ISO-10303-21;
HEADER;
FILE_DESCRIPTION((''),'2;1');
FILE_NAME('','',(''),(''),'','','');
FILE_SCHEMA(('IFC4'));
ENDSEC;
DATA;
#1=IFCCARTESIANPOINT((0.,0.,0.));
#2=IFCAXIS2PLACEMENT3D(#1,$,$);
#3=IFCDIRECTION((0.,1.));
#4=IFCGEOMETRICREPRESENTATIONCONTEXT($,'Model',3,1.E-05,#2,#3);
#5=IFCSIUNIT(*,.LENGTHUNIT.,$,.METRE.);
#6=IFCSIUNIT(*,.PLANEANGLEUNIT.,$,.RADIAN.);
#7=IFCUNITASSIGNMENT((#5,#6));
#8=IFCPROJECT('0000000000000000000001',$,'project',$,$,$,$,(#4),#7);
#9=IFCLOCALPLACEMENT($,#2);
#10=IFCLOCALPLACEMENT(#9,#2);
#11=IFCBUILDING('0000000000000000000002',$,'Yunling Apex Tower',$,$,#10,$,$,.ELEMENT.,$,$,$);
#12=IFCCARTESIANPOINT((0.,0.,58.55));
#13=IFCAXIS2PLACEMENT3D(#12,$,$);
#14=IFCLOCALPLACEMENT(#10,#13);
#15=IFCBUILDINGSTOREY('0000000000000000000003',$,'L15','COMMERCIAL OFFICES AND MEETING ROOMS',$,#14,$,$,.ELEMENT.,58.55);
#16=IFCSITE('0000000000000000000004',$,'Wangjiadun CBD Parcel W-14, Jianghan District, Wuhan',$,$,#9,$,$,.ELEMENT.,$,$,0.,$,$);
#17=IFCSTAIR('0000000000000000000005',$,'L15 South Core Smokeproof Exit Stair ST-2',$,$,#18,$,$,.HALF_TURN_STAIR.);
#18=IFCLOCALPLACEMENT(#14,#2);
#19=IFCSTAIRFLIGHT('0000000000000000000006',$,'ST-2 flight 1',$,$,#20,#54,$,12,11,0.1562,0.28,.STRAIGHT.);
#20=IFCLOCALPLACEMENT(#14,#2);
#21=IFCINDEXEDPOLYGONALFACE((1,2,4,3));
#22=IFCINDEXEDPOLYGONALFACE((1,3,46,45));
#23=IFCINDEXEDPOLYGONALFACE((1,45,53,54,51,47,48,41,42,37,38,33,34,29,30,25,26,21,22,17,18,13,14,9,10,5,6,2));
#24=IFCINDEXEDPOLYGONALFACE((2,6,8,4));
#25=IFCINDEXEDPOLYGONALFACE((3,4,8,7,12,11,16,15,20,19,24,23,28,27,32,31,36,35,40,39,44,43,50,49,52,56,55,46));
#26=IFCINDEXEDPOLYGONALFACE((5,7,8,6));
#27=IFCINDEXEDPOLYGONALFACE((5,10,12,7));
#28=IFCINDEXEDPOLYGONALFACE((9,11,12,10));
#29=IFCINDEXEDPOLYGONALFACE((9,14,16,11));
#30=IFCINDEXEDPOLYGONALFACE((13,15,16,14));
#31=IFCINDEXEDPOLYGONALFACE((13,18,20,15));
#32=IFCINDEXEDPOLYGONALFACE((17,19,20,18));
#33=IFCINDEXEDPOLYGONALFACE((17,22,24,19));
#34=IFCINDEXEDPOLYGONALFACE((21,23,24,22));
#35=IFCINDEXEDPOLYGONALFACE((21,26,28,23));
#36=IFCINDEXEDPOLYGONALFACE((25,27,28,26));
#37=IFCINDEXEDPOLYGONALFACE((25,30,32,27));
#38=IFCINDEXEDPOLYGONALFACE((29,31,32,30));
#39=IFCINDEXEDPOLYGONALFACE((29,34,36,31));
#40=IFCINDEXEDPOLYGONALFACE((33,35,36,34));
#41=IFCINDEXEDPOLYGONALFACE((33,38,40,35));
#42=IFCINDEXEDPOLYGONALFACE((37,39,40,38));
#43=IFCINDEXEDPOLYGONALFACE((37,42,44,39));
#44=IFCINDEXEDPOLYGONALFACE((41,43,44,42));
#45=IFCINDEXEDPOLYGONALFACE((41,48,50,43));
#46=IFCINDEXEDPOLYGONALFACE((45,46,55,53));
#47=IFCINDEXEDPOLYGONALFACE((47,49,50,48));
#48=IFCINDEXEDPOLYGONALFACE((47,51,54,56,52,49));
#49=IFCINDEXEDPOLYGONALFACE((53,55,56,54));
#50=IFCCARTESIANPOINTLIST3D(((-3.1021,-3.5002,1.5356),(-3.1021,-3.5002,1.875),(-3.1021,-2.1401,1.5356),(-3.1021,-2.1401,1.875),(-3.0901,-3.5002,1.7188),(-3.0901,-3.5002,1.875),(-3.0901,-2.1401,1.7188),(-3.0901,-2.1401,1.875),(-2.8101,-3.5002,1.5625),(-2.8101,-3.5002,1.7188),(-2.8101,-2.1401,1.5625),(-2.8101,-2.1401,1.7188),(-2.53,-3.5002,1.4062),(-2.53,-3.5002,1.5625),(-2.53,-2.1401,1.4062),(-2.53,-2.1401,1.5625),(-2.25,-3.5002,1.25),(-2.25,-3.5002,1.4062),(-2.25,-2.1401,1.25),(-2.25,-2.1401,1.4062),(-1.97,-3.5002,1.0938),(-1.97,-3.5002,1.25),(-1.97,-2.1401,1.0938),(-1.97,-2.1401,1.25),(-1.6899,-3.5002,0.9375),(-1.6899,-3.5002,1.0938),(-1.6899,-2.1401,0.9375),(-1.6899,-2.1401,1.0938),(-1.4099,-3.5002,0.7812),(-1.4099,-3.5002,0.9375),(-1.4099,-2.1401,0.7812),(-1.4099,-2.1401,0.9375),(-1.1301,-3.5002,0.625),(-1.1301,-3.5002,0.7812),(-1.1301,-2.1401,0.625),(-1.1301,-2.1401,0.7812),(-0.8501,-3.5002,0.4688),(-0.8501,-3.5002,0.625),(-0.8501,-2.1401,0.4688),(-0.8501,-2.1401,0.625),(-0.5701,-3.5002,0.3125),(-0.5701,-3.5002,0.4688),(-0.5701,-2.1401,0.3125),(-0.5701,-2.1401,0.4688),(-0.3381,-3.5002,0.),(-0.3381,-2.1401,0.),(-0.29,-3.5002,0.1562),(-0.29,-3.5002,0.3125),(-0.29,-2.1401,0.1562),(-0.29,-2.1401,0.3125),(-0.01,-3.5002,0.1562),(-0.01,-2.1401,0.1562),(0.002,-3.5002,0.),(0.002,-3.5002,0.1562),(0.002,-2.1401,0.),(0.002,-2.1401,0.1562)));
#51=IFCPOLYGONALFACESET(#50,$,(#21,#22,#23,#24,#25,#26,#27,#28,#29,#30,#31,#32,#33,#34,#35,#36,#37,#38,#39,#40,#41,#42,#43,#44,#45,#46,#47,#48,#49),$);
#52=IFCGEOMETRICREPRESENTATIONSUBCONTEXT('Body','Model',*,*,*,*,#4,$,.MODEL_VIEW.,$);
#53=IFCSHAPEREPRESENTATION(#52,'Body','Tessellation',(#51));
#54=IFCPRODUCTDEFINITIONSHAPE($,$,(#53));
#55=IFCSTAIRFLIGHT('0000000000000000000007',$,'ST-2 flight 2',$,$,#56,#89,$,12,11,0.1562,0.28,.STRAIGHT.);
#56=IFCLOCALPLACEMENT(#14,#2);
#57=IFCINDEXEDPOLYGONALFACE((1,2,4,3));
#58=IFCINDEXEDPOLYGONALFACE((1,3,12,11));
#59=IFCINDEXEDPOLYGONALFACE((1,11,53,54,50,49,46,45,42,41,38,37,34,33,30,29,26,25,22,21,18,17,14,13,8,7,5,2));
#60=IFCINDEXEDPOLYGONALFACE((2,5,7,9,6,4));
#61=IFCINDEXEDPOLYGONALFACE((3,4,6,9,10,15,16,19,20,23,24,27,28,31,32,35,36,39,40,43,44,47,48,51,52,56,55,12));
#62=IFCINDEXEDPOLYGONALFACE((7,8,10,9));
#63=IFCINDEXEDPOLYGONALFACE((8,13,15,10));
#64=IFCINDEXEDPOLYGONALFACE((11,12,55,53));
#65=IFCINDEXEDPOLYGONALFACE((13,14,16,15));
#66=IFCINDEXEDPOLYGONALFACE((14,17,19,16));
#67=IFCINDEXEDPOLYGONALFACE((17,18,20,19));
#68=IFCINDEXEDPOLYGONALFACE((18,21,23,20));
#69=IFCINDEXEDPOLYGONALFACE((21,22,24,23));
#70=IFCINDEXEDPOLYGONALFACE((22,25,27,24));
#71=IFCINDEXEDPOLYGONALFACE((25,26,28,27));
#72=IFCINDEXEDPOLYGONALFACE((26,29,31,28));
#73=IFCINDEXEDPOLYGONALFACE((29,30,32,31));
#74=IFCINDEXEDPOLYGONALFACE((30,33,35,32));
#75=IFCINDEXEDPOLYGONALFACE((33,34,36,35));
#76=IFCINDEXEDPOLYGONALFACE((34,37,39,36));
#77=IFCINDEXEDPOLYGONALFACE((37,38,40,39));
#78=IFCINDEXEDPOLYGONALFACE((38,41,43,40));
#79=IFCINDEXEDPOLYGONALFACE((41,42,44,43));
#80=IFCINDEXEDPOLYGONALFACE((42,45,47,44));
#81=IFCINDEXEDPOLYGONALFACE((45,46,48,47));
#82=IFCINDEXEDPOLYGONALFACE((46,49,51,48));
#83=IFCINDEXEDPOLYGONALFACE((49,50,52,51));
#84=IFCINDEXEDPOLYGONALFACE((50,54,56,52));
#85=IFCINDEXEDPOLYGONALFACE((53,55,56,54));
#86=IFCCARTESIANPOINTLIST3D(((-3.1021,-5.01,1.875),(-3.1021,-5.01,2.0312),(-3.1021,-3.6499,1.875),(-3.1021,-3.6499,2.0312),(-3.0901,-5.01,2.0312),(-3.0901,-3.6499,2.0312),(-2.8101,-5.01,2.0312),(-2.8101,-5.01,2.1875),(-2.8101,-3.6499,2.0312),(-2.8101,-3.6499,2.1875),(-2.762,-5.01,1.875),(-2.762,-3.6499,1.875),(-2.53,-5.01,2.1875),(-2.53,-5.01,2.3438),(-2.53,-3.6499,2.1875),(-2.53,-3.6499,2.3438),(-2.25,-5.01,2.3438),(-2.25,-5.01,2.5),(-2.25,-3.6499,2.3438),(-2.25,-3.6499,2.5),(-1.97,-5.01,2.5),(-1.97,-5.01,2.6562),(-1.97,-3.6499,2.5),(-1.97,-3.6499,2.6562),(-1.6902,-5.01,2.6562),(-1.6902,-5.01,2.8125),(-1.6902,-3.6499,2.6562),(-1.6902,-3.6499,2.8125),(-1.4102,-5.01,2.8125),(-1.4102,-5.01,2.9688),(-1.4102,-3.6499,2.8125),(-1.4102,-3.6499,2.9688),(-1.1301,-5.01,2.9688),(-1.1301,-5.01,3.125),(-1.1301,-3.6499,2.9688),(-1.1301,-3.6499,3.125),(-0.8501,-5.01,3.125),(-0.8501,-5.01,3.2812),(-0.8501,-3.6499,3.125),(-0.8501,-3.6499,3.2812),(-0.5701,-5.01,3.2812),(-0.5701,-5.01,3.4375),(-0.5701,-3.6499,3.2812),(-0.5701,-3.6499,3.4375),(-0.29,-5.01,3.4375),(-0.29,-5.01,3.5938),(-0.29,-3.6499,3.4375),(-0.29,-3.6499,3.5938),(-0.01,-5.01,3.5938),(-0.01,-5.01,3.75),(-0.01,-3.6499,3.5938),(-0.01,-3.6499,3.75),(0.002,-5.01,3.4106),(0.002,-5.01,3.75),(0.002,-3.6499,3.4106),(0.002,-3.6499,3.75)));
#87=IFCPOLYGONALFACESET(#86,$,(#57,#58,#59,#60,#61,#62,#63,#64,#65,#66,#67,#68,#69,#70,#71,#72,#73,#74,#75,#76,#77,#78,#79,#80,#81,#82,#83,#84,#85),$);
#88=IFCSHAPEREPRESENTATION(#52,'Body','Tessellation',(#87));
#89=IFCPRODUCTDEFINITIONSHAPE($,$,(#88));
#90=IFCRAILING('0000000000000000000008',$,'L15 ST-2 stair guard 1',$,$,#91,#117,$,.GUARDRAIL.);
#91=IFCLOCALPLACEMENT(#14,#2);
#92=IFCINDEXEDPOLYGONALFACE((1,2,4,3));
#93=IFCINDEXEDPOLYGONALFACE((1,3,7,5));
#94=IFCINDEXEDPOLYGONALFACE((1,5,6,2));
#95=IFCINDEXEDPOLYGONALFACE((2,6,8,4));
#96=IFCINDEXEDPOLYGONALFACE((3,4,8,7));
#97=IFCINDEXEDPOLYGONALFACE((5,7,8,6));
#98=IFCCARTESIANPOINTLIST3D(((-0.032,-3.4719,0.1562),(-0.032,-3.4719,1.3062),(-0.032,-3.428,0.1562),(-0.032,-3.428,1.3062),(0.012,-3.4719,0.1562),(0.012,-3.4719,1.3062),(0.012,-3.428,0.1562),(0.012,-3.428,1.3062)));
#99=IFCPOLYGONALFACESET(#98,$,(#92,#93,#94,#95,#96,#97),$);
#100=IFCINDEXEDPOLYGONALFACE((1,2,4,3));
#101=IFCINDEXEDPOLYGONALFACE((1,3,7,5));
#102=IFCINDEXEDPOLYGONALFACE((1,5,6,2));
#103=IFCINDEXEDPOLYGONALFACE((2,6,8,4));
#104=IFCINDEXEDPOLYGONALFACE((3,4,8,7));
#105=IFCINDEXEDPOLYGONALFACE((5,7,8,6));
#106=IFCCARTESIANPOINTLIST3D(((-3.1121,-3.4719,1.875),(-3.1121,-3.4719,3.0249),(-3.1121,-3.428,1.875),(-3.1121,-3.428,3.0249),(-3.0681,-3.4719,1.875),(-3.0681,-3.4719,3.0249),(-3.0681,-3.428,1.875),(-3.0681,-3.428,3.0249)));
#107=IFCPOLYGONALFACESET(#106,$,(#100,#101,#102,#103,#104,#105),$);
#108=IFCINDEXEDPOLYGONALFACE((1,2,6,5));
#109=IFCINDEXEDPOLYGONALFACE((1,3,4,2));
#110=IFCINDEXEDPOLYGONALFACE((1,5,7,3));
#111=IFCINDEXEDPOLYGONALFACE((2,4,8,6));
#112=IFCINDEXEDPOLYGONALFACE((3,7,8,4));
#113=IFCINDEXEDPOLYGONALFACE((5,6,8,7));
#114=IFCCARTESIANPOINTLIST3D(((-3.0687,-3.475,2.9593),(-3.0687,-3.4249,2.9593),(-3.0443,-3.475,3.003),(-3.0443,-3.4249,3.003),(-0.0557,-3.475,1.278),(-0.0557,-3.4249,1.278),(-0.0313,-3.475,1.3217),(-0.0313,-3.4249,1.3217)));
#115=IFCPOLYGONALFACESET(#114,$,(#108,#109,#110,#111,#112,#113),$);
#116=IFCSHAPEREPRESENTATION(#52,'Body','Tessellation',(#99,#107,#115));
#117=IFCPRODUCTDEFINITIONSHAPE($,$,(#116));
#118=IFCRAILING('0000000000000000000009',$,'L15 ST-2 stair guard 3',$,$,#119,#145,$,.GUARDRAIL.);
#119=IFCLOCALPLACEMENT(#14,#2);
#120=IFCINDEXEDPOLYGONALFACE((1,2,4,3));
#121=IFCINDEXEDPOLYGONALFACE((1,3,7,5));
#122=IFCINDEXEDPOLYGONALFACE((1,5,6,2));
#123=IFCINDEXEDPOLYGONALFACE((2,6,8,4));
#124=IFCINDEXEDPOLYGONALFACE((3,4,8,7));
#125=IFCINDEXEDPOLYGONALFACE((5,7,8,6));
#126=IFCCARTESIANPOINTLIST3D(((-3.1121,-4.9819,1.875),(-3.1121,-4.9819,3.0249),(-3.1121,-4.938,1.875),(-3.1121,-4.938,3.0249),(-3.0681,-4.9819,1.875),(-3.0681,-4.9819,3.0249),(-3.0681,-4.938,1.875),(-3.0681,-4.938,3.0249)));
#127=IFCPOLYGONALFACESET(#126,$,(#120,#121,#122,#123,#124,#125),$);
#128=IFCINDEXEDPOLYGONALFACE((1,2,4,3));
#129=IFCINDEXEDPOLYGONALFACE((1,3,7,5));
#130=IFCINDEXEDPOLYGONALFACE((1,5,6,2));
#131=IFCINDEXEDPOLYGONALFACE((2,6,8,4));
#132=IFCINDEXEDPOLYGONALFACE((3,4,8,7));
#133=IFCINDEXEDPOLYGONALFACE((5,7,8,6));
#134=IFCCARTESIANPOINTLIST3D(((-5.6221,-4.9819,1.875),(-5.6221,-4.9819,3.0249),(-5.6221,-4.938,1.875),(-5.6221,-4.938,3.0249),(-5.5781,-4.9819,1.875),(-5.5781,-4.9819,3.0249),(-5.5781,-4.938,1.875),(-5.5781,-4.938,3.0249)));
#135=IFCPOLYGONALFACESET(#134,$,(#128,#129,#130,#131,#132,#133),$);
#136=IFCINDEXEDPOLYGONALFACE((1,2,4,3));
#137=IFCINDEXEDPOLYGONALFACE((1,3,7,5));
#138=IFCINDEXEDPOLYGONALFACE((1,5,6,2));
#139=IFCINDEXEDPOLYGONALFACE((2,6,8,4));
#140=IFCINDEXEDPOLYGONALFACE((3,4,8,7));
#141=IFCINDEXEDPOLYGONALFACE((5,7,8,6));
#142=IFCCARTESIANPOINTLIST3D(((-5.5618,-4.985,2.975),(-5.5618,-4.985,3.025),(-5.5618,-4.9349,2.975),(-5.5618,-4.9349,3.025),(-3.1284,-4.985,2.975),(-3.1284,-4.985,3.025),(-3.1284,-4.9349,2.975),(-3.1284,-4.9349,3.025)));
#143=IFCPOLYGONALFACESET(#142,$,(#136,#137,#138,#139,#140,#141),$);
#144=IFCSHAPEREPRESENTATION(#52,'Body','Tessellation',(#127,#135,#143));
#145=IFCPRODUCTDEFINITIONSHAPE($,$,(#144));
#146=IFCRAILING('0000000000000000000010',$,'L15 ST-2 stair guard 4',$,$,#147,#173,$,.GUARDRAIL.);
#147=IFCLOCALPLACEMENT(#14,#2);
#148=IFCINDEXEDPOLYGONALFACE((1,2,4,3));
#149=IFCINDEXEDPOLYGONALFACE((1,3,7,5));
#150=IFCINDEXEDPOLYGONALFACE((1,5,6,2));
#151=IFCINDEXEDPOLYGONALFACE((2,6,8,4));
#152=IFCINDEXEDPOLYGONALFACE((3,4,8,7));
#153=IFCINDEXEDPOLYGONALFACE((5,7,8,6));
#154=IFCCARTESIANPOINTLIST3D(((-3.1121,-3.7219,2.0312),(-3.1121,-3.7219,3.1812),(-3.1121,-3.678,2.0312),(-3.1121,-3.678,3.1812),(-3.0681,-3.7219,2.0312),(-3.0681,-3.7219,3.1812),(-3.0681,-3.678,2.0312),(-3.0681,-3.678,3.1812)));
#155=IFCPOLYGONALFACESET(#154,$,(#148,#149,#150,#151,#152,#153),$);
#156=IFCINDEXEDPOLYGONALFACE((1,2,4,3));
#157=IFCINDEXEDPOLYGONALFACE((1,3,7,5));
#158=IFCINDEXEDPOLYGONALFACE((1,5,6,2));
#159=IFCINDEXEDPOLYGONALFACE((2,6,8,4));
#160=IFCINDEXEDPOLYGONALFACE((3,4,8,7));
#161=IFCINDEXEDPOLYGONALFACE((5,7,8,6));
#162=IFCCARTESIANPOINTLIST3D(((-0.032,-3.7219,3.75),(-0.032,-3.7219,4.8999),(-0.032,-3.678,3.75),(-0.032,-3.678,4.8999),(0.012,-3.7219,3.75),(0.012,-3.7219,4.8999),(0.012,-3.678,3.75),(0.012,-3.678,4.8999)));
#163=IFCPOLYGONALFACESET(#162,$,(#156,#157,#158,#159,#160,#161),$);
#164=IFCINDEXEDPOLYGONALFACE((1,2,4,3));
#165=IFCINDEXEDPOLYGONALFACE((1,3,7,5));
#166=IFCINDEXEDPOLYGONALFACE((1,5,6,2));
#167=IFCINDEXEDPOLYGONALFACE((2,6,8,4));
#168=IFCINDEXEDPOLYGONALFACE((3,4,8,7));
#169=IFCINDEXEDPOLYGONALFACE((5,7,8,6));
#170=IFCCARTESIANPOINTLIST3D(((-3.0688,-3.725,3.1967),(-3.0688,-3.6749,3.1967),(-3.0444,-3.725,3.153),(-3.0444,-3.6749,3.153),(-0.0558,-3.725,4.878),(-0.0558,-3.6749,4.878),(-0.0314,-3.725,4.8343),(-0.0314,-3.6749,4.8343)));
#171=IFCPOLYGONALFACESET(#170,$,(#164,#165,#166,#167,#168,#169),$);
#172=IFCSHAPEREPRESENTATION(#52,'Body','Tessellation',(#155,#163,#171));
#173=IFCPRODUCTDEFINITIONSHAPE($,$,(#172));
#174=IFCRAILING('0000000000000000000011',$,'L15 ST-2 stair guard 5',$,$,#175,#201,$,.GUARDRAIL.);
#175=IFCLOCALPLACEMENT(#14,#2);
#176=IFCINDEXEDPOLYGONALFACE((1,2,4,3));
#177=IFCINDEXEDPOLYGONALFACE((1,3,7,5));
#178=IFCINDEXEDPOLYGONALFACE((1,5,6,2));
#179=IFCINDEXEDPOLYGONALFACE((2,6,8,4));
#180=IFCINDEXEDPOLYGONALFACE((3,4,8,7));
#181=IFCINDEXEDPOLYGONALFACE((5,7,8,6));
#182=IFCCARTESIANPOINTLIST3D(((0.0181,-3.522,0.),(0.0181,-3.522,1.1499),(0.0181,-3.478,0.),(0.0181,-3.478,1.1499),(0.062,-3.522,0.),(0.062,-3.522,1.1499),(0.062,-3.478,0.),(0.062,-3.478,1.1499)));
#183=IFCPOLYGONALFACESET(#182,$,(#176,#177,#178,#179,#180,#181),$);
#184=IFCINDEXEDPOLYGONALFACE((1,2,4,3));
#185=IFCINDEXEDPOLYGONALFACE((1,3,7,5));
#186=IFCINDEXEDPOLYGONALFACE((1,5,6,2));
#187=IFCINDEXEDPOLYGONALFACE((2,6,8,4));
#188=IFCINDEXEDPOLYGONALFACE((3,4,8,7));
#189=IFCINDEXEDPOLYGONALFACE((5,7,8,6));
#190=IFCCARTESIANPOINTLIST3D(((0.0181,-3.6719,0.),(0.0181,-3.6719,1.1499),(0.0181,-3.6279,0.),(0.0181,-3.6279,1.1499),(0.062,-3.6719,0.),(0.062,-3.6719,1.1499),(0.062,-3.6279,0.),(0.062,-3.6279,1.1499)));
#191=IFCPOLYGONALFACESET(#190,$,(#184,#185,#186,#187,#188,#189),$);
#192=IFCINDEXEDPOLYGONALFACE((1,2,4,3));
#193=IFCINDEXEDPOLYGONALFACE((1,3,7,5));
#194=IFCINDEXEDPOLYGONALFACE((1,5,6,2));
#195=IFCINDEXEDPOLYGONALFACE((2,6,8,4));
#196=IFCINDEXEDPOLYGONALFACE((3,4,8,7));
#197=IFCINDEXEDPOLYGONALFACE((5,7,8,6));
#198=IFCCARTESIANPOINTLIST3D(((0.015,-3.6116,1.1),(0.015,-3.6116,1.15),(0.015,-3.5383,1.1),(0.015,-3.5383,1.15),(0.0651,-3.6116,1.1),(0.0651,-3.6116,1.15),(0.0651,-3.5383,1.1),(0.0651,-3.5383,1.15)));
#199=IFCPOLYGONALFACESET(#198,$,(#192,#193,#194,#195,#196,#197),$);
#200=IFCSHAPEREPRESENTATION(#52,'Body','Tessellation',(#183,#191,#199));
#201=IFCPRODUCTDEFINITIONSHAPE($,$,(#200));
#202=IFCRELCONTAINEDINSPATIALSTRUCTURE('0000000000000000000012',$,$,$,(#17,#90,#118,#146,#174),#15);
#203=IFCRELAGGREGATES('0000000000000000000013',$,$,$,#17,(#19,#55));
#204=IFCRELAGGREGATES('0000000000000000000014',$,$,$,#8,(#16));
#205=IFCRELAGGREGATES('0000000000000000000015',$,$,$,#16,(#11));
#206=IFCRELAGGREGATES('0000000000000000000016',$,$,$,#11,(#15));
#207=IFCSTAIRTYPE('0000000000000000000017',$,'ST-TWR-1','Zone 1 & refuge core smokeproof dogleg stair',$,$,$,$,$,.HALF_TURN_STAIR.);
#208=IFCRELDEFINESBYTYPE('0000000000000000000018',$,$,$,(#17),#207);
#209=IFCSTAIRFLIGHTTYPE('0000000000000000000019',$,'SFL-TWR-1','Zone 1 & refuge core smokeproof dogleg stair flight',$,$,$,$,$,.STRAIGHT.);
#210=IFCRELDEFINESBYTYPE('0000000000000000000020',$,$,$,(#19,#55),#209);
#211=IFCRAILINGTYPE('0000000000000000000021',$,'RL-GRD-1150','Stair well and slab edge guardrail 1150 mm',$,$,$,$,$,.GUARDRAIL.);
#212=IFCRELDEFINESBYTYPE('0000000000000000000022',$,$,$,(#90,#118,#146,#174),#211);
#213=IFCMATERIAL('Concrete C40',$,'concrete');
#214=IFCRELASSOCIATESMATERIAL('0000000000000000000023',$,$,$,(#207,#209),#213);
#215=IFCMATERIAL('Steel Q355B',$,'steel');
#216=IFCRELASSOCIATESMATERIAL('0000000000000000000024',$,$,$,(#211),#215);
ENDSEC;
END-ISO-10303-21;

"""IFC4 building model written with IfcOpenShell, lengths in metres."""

from ifc_helpers import new_model, si_unit, direction, frame, origin, origin_2d, place, context, subcontext, project, spatial, polyline, rectangle, outline, extrude, material, type_object, element, aggregate, save


model = new_model("IFC4")

# Units and contexts
model_context = context("Model", 3, precision=1e-05, world=origin(), true_north=direction((0.0, 1.0)))
body_context = subcontext(model_context, "Body", "Model", "MODEL_VIEW")
ifc_project = project(units=[si_unit("LENGTHUNIT", "METRE"), si_unit("PLANEANGLEUNIT", "RADIAN")], contexts=[model_context])

# Site, building, storey
site_placement = place(None, origin())
site = spatial("IfcSite", under=ifc_project, at=site_placement, Name="Wangjiadun CBD Parcel W-14, Jianghan District, Wuhan", CompositionType="ELEMENT", RefElevation=0.0)
building_placement = place(site_placement, origin())
building = spatial("IfcBuilding", under=site, at=building_placement, Name="Yunling Apex Tower", CompositionType="ELEMENT")
storey_placement = place(building_placement, frame((0.0, 0.0, 58.55)))
storey = spatial("IfcBuildingStorey", under=building, at=storey_placement, Name="L15", Description="COMMERCIAL OFFICES AND MEETING ROOMS", CompositionType="ELEMENT", Elevation=58.55)

# Shared definitions
ifc_material_1 = material(Name="Steel Q355B", Category="steel")

# Shared definitions
ifc_material_2 = material(Name="Concrete C40", Category="concrete")

# Stair, stair flights
stair_type = type_object("IfcStairType", Name="ST-TWR-1", Description="Zone 1 & refuge core smokeproof dogleg stair", PredefinedType="HALF_TURN_STAIR", material=ifc_material_2)
stair_placement = place(storey_placement, origin())
stair = element("IfcStair", 1, at=stair_placement, inside=storey, type_object=stair_type, Name="L15 South Core Smokeproof Exit Stair ST-2", PredefinedType="HALF_TURN_STAIR")
stair_flight_type = type_object("IfcStairFlightType", Name="SFL-TWR-1", Description="Zone 1 & refuge core smokeproof dogleg stair flight", PredefinedType="STRAIGHT", material=ifc_material_2)
stair_flight_1_placement = place(storey_placement, frame((-0.01, -2.8201, 0.0), z_axis=(0.0, 0.0, 1.0), x_axis=(-1.0, 0.0, 0.0)))
stair_flight_1 = element("IfcStairFlight", 2, at=stair_flight_1_placement, type_object=stair_flight_type, Name="ST-2 flight 1", NumberOfRisers=12, NumberOfTreads=11, PredefinedType="STRAIGHT", RiserHeight=0.1562, TreadLength=0.28, context=body_context, shape_type="SweptSolid", body=[
    extrude(outline(polyline([(-0.012, 0.0), (-0.012, 0.1562), (0.0, 0.1562), (0.28, 0.1562), (0.28, 0.3125), (0.5601, 0.3125), (0.5601, 0.4688), (0.8401, 0.4688), (0.8401, 0.625), (1.1201, 0.625), (1.1201, 0.7812), (1.3999, 0.7812), (1.3999, 0.9375), (1.6799, 0.9375), (1.6799, 1.0938), (1.96, 1.0938), (1.96, 1.25), (2.24, 1.25), (2.24, 1.4062), (2.52, 1.4062), (2.52, 1.5625), (2.8, 1.5625), (2.8, 1.7188), (3.0801, 1.7188), (3.0801, 1.875), (3.092, 1.875), (3.092, 1.5356), (0.3281, 0.0), (-0.012, 0.0)])), frame((0.0, 0.6802, 0.0), z_axis=(0.0, -1.0, 0.0), x_axis=(1.0, 0.0, 0.0)), (0.0, 0.0, 1.0), 1.3601),
])
stair_flight_2_placement = place(storey_placement, frame((-3.0901, -4.3301, 1.875), z_axis=(0.0, 0.0, 1.0), x_axis=(1.0, 0.0, 0.0)))
stair_flight_2 = element("IfcStairFlight", 3, at=stair_flight_2_placement, type_object=stair_flight_type, Name="ST-2 flight 2", NumberOfRisers=12, NumberOfTreads=11, PredefinedType="STRAIGHT", RiserHeight=0.1562, TreadLength=0.28, context=body_context, shape_type="SweptSolid", body=[
    extrude(outline(polyline([(-0.012, 0.0), (-0.012, 0.1562), (0.0, 0.1562), (0.28, 0.1562), (0.28, 0.3125), (0.5601, 0.3125), (0.5601, 0.4688), (0.8401, 0.4688), (0.8401, 0.625), (1.1201, 0.625), (1.1201, 0.7812), (1.3999, 0.7812), (1.3999, 0.9375), (1.6799, 0.9375), (1.6799, 1.0938), (1.96, 1.0938), (1.96, 1.25), (2.24, 1.25), (2.24, 1.4062), (2.52, 1.4062), (2.52, 1.5625), (2.8, 1.5625), (2.8, 1.7188), (3.0801, 1.7188), (3.0801, 1.875), (3.092, 1.875), (3.092, 1.5356), (0.3281, 0.0), (-0.012, 0.0)])), frame((0.0, 0.6802, 0.0), z_axis=(0.0, -1.0, 0.0), x_axis=(1.0, 0.0, 0.0)), (0.0, 0.0, 1.0), 1.3601),
])
aggregate(stair, [stair_flight_1, stair_flight_2])

# Railings
railing_type_1 = type_object("IfcRailingType", Name="RL-GRD-1150", Description="Stair well and slab edge guardrail 1150 mm", PredefinedType="GUARDRAIL", material=ifc_material_1)
railing_1_placement = place(storey_placement, frame((-0.01, -3.45, 0.1562)))
element("IfcRailing", 4, at=railing_1_placement, inside=storey, type_object=railing_type_1, Name="L15 ST-2 stair guard 1", PredefinedType="GUARDRAIL", context=body_context, shape_type="SweptSolid", body=[
    extrude(rectangle(XDim=0.0439, YDim=0.0439, at=origin_2d()), origin(), (0.0, 0.0, 1.0), 1.1499),
    extrude(rectangle(XDim=0.0439, YDim=0.0439, at=origin_2d()), frame((-3.0801, 0.0, 1.7188)), (0.0, 0.0, 1.0), 1.1499),
    extrude(rectangle(XDim=0.05, YDim=0.05, at=origin_2d()), frame((-0.0334, 0.0, 1.1436), z_axis=(-0.873242, 0.0, 0.487288), x_axis=(0.0, -1.0, 0.0)), (0.0, 0.0, 1.0), 3.4504),
])
railing_2_placement = place(storey_placement, frame((-3.0901, -4.96, 1.875)))
element("IfcRailing", 5, at=railing_2_placement, inside=storey, type_object=railing_type_1, Name="L15 ST-2 stair guard 3", PredefinedType="GUARDRAIL", context=body_context, shape_type="SweptSolid", body=[
    extrude(rectangle(XDim=0.0439, YDim=0.0439, at=origin_2d()), origin(), (0.0, 0.0, 1.0), 1.1499),
    extrude(rectangle(XDim=0.0439, YDim=0.0439, at=origin_2d()), frame((-2.51, 0.0, 0.0)), (0.0, 0.0, 1.0), 1.1499),
    extrude(rectangle(XDim=0.05, YDim=0.05, at=origin_2d()), frame((-0.0383, 0.0, 1.125), z_axis=(-1.0, 0.0, 0.0), x_axis=(0.0, -1.0, 0.0)), (0.0, 0.0, 1.0), 2.4333),
])
railing_3_placement = place(storey_placement, frame((-3.0901, -3.7, 2.0312)))
element("IfcRailing", 6, at=railing_3_placement, inside=storey, type_object=railing_type_1, Name="L15 ST-2 stair guard 4", PredefinedType="GUARDRAIL", context=body_context, shape_type="SweptSolid", body=[
    extrude(rectangle(XDim=0.0439, YDim=0.0439, at=origin_2d()), origin(), (0.0, 0.0, 1.0), 1.1499),
    extrude(rectangle(XDim=0.0439, YDim=0.0439, at=origin_2d()), frame((3.0801, 0.0, 1.7188)), (0.0, 0.0, 1.0), 1.1499),
    extrude(rectangle(XDim=0.05, YDim=0.05, at=origin_2d()), frame((0.0334, 0.0, 1.1436), z_axis=(0.873242, 0.0, 0.487288), x_axis=(0.0, 1.0, 0.0)), (0.0, 0.0, 1.0), 3.4504),
])
railing_4_placement = place(storey_placement, frame((0.04, -3.5, 0.0)))
element("IfcRailing", 7, at=railing_4_placement, inside=storey, type_object=railing_type_1, Name="L15 ST-2 stair guard 5", PredefinedType="GUARDRAIL", context=body_context, shape_type="SweptSolid", body=[
    extrude(rectangle(XDim=0.0439, YDim=0.0439, at=origin_2d()), origin(), (0.0, 0.0, 1.0), 1.1499),
    extrude(rectangle(XDim=0.0439, YDim=0.0439, at=origin_2d()), frame((0.0, -0.1499, 0.0)), (0.0, 0.0, 1.0), 1.1499),
    extrude(rectangle(XDim=0.05, YDim=0.05, at=origin_2d()), frame((0.0, -0.0383, 1.125), z_axis=(0.0, -1.0, 0.0), x_axis=(1.0, 0.0, 0.0)), (0.0, 0.0, 1.0), 0.0732),
])

save(model, "model.ifc")
